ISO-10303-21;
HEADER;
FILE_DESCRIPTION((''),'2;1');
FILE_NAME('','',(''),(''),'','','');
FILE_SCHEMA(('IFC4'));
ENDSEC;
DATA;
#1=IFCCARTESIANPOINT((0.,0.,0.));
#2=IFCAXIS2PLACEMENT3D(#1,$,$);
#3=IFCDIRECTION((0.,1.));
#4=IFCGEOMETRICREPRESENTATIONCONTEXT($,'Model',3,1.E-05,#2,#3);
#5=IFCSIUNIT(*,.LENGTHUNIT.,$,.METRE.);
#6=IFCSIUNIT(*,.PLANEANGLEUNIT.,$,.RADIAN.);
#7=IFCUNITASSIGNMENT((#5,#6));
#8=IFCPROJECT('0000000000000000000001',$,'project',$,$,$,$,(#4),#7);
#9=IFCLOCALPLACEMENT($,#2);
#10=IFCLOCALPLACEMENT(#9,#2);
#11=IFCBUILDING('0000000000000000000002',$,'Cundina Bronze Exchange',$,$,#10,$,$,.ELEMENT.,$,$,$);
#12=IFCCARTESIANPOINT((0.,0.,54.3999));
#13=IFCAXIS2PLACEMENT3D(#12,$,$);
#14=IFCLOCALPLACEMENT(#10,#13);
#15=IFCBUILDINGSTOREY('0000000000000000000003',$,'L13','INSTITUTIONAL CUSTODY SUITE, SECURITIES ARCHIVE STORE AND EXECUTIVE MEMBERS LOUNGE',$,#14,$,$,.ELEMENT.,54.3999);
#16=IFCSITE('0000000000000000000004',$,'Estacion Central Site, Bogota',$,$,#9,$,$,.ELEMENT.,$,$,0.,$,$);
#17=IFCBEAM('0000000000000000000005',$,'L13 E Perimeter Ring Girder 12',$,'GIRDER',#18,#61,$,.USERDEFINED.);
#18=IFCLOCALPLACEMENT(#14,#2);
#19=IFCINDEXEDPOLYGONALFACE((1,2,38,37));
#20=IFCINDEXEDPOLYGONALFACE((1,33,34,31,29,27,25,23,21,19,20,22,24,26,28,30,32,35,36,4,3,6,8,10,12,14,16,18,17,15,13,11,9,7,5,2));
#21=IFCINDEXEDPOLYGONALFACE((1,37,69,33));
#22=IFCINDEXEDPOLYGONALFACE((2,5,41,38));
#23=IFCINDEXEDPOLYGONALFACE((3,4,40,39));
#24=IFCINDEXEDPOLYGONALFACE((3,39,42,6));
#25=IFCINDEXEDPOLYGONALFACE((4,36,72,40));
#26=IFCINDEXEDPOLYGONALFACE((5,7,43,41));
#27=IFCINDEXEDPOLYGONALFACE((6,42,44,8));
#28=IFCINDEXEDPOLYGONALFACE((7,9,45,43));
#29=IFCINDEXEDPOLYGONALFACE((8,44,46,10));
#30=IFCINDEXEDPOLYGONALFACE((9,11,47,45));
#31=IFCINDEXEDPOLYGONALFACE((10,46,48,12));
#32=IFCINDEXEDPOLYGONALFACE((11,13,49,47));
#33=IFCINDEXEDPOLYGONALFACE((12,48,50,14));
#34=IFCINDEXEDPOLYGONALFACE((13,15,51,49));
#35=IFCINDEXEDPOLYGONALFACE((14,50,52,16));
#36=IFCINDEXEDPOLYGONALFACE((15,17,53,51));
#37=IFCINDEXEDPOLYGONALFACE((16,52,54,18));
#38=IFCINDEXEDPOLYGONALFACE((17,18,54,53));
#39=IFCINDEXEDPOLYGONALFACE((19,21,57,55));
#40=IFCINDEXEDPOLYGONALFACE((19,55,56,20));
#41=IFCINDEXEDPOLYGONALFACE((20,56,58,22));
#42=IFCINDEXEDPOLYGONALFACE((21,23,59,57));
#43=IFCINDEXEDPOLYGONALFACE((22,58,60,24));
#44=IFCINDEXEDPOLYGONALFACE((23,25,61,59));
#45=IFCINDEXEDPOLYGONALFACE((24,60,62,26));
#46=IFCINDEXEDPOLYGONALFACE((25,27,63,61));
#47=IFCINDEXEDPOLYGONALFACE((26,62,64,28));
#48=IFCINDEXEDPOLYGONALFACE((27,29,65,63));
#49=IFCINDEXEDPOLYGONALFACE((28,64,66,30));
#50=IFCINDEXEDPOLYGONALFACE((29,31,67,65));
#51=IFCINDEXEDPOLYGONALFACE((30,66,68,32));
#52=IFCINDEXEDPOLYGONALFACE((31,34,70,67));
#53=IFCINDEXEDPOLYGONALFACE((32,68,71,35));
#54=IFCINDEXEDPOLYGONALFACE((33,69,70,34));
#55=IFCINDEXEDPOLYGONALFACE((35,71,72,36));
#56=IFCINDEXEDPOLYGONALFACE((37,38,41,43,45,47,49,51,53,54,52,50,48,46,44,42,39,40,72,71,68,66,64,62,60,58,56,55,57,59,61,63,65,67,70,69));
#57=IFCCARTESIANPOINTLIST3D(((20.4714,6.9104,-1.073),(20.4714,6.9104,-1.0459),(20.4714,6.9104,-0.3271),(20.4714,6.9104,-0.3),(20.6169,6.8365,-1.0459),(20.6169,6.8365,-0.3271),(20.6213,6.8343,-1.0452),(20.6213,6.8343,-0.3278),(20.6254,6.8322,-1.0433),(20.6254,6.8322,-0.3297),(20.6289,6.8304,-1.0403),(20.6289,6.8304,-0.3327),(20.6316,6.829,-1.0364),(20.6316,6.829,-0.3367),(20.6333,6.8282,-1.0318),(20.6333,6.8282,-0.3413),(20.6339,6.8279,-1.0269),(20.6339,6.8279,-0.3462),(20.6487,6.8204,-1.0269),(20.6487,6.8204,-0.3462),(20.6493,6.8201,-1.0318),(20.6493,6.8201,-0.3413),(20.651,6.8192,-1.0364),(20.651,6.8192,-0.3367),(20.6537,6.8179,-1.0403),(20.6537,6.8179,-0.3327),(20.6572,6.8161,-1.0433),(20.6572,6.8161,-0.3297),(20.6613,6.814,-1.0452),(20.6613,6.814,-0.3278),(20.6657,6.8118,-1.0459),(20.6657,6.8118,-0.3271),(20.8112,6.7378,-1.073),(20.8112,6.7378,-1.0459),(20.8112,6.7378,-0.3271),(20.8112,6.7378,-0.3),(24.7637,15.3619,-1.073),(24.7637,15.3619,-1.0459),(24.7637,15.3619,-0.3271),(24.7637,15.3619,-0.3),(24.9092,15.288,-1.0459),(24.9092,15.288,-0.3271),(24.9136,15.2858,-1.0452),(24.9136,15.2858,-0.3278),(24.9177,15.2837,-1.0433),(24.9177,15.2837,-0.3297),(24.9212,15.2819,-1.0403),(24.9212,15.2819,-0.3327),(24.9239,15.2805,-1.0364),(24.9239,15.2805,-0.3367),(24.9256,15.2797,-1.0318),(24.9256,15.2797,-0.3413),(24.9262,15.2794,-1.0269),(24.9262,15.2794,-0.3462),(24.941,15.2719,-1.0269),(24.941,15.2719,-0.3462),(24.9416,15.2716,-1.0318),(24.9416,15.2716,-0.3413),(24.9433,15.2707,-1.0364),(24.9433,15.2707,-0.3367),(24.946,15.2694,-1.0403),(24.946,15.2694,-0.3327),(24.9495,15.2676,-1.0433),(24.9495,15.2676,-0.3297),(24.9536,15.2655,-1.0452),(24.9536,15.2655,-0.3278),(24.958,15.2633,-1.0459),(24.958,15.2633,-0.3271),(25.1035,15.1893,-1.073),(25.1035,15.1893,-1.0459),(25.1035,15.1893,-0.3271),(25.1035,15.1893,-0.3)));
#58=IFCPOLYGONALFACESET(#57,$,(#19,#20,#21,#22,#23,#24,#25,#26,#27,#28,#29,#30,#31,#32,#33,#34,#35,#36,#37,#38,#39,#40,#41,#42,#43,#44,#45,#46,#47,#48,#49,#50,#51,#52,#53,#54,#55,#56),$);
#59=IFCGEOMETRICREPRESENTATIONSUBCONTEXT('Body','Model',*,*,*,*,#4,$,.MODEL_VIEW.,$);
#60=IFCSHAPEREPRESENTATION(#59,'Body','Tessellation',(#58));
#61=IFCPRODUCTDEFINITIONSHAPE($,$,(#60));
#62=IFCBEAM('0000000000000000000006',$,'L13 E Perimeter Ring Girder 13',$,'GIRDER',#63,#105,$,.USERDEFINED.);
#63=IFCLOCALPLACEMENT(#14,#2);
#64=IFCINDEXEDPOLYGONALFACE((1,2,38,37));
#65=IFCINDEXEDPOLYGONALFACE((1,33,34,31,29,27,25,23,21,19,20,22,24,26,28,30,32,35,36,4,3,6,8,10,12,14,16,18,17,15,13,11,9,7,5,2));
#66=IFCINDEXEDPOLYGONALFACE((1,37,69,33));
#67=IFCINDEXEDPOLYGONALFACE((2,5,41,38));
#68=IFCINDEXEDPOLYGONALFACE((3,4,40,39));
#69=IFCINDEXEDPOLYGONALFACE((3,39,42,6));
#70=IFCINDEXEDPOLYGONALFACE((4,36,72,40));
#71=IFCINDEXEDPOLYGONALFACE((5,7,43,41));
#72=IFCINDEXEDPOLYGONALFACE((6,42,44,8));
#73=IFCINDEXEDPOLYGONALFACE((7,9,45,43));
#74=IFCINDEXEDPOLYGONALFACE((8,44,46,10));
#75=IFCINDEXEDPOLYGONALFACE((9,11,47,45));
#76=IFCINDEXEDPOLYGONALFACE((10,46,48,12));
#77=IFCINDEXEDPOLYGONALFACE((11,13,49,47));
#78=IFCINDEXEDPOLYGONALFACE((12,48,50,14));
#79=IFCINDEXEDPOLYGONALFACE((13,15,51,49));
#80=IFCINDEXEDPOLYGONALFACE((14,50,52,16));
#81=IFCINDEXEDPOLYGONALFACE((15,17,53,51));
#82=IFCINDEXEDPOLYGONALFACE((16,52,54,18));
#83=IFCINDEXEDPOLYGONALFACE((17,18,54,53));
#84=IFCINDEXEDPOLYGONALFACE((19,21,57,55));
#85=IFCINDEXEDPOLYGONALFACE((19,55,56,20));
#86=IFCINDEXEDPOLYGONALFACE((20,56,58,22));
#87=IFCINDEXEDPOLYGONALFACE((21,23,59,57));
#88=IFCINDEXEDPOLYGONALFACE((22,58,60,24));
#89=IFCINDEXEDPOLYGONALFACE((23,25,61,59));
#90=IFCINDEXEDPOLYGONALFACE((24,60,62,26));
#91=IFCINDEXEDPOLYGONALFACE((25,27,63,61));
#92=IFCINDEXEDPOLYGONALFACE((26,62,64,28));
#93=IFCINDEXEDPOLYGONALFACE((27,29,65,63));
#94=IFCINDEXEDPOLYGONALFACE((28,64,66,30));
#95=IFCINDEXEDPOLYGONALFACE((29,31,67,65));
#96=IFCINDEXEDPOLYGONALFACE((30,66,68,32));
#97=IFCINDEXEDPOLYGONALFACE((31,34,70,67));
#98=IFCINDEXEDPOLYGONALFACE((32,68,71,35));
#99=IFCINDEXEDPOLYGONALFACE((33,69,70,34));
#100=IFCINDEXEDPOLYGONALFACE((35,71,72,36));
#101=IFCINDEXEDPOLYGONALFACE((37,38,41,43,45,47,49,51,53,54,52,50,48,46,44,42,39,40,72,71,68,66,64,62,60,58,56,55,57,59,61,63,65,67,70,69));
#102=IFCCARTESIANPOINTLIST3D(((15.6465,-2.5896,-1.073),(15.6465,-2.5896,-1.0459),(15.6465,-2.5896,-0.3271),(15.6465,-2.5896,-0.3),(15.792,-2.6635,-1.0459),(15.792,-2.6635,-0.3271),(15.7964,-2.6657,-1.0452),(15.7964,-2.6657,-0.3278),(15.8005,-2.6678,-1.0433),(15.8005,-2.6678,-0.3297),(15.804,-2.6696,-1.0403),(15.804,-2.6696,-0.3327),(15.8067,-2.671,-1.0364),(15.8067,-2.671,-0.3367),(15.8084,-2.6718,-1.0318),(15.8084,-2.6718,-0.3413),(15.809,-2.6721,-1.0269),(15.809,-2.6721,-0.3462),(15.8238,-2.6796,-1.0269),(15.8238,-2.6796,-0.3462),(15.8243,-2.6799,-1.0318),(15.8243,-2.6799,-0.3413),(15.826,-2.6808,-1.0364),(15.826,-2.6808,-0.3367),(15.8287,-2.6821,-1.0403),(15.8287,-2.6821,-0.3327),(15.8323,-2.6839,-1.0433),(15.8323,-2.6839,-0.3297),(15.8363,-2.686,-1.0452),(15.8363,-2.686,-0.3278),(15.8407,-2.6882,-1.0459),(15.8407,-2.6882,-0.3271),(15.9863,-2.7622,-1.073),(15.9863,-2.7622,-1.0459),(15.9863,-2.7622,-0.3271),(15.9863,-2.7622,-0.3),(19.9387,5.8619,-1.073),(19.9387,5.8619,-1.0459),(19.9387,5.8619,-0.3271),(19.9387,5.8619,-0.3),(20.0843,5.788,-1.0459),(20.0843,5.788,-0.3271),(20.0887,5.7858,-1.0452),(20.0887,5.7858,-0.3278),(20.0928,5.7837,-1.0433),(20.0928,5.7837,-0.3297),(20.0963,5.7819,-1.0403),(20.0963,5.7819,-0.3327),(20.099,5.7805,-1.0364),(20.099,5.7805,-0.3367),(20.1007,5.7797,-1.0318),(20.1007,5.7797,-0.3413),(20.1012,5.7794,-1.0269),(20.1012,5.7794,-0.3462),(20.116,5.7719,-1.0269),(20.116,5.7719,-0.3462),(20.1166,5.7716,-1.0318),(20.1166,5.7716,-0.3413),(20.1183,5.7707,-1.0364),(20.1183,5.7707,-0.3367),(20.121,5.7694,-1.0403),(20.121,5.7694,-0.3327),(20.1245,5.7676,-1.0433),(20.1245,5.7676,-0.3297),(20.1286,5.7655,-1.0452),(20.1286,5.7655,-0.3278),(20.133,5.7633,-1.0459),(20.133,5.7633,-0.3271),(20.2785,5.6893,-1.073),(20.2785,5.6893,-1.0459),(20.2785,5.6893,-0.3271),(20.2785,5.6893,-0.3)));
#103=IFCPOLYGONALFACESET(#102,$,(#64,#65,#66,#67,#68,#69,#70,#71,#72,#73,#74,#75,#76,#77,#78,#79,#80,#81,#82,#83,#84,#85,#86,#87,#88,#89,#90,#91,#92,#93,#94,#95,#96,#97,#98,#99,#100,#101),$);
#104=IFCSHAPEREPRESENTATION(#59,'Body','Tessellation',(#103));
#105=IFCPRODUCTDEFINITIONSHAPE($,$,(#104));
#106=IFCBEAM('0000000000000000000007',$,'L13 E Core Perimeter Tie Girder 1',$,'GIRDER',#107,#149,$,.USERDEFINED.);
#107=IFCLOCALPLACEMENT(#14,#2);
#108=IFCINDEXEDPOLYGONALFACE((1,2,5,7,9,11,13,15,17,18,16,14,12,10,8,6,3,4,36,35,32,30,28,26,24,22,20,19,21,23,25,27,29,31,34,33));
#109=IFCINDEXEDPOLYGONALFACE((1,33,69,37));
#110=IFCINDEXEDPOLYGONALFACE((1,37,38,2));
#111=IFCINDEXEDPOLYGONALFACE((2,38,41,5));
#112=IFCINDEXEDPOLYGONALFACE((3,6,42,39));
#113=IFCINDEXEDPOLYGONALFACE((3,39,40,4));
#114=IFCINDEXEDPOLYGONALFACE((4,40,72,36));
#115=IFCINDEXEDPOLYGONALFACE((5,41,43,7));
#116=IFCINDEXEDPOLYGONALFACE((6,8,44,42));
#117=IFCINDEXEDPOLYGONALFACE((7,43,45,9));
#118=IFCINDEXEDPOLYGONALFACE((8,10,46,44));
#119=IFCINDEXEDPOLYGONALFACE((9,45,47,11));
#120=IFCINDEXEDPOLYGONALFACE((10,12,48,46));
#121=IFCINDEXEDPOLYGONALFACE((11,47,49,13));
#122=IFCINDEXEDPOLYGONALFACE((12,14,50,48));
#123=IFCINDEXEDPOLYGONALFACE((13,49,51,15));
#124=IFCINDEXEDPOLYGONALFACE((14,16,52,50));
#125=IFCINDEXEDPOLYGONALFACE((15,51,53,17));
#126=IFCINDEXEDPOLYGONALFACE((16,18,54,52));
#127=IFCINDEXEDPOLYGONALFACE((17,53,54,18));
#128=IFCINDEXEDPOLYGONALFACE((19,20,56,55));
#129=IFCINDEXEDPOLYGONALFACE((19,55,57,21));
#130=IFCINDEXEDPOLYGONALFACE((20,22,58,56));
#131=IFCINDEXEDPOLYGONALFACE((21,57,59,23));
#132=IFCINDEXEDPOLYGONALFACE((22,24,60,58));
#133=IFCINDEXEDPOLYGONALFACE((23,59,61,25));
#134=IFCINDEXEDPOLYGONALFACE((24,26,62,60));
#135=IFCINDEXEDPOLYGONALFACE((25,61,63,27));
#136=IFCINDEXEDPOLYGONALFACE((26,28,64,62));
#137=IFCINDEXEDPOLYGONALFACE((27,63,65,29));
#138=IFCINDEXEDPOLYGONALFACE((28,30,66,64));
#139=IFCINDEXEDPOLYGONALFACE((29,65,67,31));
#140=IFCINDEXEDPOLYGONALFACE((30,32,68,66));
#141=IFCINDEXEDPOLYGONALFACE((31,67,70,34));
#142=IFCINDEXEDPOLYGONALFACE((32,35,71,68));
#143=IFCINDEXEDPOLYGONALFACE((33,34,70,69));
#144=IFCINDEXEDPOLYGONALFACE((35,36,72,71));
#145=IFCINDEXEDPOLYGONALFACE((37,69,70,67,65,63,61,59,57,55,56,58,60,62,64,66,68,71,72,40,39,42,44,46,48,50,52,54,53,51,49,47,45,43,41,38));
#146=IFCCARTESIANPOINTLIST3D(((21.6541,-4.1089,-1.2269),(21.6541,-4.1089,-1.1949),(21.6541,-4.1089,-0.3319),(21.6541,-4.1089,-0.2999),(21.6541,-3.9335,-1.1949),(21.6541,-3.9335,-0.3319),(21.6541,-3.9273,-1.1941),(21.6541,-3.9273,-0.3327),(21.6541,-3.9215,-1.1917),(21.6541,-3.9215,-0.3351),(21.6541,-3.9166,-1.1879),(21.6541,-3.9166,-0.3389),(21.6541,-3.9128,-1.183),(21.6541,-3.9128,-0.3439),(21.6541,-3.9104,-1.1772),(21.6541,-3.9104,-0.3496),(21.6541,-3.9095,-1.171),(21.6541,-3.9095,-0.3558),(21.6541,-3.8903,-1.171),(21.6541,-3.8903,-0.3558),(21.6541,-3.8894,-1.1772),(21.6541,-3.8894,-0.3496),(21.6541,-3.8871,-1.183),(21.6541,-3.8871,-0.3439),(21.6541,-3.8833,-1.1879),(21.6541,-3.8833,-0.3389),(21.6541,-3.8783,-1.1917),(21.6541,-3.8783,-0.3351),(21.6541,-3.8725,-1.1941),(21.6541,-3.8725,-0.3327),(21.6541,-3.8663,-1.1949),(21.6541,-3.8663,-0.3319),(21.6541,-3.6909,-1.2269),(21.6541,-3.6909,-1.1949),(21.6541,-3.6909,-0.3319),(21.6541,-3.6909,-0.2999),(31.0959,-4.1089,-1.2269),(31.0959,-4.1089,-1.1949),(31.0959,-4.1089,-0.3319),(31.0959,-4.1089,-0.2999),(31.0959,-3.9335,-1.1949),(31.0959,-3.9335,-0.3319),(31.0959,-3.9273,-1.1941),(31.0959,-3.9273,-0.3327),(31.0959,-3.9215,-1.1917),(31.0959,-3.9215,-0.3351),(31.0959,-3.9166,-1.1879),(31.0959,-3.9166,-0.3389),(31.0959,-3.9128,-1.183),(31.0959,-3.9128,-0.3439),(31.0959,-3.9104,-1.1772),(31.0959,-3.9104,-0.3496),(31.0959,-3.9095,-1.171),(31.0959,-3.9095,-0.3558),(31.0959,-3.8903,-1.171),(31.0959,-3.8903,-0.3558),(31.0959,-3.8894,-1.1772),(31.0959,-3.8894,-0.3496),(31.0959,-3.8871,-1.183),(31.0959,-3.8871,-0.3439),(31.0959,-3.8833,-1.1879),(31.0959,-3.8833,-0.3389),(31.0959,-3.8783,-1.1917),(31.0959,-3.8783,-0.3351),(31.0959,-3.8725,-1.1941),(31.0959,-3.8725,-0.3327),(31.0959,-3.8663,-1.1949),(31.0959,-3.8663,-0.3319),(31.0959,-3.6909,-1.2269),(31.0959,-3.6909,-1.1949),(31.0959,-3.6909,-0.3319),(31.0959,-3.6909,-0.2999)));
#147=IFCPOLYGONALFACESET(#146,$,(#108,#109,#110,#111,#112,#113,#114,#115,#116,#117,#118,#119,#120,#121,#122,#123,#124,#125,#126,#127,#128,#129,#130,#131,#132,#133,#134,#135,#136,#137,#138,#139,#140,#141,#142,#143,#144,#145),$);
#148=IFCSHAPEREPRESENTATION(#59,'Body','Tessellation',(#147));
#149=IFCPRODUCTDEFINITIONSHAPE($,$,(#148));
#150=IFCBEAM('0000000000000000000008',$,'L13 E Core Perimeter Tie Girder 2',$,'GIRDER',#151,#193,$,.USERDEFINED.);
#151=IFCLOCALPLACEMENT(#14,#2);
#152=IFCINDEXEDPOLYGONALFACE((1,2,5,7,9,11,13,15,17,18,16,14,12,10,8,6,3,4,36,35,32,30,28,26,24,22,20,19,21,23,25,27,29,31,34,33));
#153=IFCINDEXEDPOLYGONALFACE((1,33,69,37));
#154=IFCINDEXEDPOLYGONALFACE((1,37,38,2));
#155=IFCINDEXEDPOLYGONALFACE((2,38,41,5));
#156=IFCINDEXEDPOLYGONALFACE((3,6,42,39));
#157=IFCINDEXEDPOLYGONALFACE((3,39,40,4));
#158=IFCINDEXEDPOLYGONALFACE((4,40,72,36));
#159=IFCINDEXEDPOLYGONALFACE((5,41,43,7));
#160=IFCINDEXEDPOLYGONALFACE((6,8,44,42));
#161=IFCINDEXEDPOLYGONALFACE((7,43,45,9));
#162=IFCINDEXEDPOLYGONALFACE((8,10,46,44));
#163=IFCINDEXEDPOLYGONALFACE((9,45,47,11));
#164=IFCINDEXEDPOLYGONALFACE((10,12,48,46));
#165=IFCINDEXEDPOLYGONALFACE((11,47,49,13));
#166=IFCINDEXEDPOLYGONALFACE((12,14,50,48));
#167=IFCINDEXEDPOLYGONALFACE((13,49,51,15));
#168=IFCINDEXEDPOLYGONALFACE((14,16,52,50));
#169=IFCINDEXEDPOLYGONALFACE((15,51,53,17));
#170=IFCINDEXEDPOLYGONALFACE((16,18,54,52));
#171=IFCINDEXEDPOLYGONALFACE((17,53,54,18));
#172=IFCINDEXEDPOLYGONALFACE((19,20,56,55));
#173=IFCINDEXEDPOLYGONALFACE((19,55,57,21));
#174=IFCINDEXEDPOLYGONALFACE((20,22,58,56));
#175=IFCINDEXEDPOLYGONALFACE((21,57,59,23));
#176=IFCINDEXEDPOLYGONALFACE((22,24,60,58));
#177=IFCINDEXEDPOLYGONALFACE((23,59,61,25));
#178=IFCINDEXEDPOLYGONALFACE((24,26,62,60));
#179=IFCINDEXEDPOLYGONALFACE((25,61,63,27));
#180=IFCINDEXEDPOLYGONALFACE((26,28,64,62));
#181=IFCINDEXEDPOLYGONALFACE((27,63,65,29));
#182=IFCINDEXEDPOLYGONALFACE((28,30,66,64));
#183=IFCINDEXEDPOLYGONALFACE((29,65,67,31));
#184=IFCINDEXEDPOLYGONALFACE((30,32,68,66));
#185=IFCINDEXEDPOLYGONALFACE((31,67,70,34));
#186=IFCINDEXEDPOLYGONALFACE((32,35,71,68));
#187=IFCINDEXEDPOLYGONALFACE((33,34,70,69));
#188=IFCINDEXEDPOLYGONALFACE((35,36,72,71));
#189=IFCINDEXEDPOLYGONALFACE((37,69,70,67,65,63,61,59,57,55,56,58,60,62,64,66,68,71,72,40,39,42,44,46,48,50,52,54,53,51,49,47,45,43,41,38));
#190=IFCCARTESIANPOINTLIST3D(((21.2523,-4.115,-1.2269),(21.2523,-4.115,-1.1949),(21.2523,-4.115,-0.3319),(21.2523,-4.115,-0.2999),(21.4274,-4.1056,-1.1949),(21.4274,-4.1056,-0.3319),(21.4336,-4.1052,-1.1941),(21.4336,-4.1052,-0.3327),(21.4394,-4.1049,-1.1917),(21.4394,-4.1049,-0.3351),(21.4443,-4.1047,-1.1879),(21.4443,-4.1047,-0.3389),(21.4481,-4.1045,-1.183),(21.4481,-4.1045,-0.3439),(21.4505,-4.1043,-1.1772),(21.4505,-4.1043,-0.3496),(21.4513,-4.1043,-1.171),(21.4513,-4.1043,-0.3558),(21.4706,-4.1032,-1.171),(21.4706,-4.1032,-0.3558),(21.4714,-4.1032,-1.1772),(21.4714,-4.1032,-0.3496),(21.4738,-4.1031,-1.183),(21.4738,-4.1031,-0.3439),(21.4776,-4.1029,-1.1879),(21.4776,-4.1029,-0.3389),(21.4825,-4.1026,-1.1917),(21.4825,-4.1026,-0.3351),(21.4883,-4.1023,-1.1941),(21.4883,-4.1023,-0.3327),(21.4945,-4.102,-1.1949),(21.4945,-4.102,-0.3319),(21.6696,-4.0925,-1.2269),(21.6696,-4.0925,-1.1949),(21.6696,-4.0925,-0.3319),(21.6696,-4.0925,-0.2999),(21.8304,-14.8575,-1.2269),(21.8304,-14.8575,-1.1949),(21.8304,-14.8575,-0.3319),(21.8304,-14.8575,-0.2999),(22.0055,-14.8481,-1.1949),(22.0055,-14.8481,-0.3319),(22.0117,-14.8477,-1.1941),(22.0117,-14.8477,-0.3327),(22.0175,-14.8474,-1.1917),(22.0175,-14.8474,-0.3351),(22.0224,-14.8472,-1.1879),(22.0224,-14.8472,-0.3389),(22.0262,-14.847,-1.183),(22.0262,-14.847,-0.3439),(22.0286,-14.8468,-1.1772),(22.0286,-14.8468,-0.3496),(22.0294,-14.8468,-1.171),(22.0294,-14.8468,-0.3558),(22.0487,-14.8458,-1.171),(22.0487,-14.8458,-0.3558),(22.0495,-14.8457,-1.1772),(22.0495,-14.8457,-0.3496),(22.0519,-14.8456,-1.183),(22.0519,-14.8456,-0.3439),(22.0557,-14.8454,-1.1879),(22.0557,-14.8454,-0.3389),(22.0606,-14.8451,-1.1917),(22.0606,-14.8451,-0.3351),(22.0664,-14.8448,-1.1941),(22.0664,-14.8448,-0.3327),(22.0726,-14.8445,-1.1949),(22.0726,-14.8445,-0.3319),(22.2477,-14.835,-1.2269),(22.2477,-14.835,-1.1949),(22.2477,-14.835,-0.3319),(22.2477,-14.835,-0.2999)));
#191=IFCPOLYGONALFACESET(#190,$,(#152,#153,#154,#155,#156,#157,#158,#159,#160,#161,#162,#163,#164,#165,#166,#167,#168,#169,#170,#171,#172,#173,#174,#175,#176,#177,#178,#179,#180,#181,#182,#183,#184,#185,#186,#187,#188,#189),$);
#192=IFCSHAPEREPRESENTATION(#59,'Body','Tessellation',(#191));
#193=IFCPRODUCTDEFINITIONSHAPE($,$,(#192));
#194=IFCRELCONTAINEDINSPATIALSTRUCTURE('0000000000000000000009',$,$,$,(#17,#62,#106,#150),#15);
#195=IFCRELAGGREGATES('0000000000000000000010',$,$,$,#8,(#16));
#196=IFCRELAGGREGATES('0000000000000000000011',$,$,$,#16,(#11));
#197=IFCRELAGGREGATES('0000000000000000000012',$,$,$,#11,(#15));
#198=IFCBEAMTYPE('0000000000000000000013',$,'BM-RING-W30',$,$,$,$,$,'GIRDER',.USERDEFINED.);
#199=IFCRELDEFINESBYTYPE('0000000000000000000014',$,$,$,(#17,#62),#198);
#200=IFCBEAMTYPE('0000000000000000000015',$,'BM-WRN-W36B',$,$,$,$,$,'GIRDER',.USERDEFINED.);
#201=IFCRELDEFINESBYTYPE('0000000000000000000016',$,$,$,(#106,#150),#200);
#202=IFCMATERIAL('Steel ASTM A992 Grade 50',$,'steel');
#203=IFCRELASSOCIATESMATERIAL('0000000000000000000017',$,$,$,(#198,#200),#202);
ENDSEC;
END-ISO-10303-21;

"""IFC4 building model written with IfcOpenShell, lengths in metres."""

from ifc_helpers import new_model, si_unit, direction, frame, origin, origin_2d, place, context, subcontext, project, spatial, i_section, extrude, material, material_profile, profile_set, type_object, element, save


model = new_model("IFC4")

# Units and contexts
model_context = context("Model", 3, precision=1e-05, world=origin(), true_north=direction((0.0, 1.0)))
body_context = subcontext(model_context, "Body", "Model", "MODEL_VIEW")
ifc_project = project(units=[si_unit("LENGTHUNIT", "METRE"), si_unit("PLANEANGLEUNIT", "RADIAN")], contexts=[model_context])

# Site, building, storey
site_placement = place(None, origin())
site = spatial("IfcSite", under=ifc_project, at=site_placement, Name="Estacion Central Site, Bogota", CompositionType="ELEMENT", RefElevation=0.0)
building_placement = place(site_placement, origin())
building = spatial("IfcBuilding", under=site, at=building_placement, Name="Cundina Bronze Exchange", CompositionType="ELEMENT")
storey_placement = place(building_placement, frame((0.0, 0.0, 54.3999)))
storey = spatial("IfcBuildingStorey", under=building, at=storey_placement, Name="L13", Description="INSTITUTIONAL CUSTODY SUITE, SECURITIES ARCHIVE STORE AND EXECUTIVE MEMBERS LOUNGE", CompositionType="ELEMENT", Elevation=54.3999)

# Shared definitions
ifc_material_1 = material(Name="Steel ASTM A992 Grade 50", Category="steel")

# Beams
ifc_material_profile_1 = material_profile(ifc_material_1, i_section(OverallWidth=0.3811, OverallDepth=0.7729, WebThickness=0.0166, FlangeThickness=0.0271, FilletRadius=0.019, at=origin_2d()), Name="W30X173", Category="steel")
ifc_profile_set_1 = profile_set([ifc_material_profile_1], Name="Steel ASTM A992 Grade 50")
beam_type_1 = type_object("IfcBeamType", Name="BM-RING-W30", ElementType="GIRDER", PredefinedType="USERDEFINED", material=ifc_profile_set_1)
for number, where, z_axis, x_axis, name in (
    (1, (24.9336, 15.2756, -0.6865), (-0.45282, -0.891602, 0.0), (0.891602, -0.45282, 0.0), "L13 E Perimeter Ring Girder 12"),
    (2, (20.1086, 5.7756, -0.6865), (-0.45282, -0.891602, 0.0), (0.891602, -0.45282, 0.0), "L13 E Perimeter Ring Girder 13"),
):
    element("IfcBeam", number, at=place(storey_placement, frame(where, z_axis=z_axis, x_axis=x_axis)), inside=storey, type_object=beam_type_1, Name=name, ObjectType="GIRDER", PredefinedType="USERDEFINED", context=body_context, shape_type="SweptSolid", body=[
        extrude(i_section(OverallWidth=0.3811, OverallDepth=0.7729, WebThickness=0.0166, FlangeThickness=0.0271, FilletRadius=0.019, at=origin_2d()), origin(), (0.0, 0.0, 1.0), 9.479),
    ])
ifc_material_profile_2 = material_profile(ifc_material_1, i_section(OverallWidth=0.418, OverallDepth=0.927, WebThickness=0.0193, FlangeThickness=0.032, FilletRadius=0.0239, at=origin_2d()), Name="W36X231", Category="steel")
ifc_profile_set_2 = profile_set([ifc_material_profile_2], Name="Steel ASTM A992 Grade 50")
beam_type_2 = type_object("IfcBeamType", Name="BM-WRN-W36B", ElementType="GIRDER", PredefinedType="USERDEFINED", material=ifc_profile_set_2)
beam_1_placement = place(storey_placement, frame((31.0959, -3.8999, -0.7634), z_axis=(-1.0, 0.0, 0.0), x_axis=(0.0, -1.0, 0.0)))
element("IfcBeam", 3, at=beam_1_placement, inside=storey, type_object=beam_type_2, Name="L13 E Core Perimeter Tie Girder 1", ObjectType="GIRDER", PredefinedType="USERDEFINED", context=body_context, shape_type="SweptSolid", body=[
    extrude(i_section(OverallWidth=0.418, OverallDepth=0.927, WebThickness=0.0193, FlangeThickness=0.032, FilletRadius=0.0239, at=origin_2d()), origin(), (0.0, 0.0, 1.0), 9.4419),
])
beam_2_placement = place(storey_placement, frame((21.4609, -4.1038, -0.7634), z_axis=(0.053739, -0.998555, 0.0), x_axis=(0.998555, 0.053739, 0.0)))
element("IfcBeam", 4, at=beam_2_placement, inside=storey, type_object=beam_type_2, Name="L13 E Core Perimeter Tie Girder 2", ObjectType="GIRDER", PredefinedType="USERDEFINED", context=body_context, shape_type="SweptSolid", body=[
    extrude(i_section(OverallWidth=0.418, OverallDepth=0.927, WebThickness=0.0193, FlangeThickness=0.032, FilletRadius=0.0239, at=origin_2d()), origin(), (0.0, 0.0, 1.0), 10.7581),
])

save(model, "model.ifc")
